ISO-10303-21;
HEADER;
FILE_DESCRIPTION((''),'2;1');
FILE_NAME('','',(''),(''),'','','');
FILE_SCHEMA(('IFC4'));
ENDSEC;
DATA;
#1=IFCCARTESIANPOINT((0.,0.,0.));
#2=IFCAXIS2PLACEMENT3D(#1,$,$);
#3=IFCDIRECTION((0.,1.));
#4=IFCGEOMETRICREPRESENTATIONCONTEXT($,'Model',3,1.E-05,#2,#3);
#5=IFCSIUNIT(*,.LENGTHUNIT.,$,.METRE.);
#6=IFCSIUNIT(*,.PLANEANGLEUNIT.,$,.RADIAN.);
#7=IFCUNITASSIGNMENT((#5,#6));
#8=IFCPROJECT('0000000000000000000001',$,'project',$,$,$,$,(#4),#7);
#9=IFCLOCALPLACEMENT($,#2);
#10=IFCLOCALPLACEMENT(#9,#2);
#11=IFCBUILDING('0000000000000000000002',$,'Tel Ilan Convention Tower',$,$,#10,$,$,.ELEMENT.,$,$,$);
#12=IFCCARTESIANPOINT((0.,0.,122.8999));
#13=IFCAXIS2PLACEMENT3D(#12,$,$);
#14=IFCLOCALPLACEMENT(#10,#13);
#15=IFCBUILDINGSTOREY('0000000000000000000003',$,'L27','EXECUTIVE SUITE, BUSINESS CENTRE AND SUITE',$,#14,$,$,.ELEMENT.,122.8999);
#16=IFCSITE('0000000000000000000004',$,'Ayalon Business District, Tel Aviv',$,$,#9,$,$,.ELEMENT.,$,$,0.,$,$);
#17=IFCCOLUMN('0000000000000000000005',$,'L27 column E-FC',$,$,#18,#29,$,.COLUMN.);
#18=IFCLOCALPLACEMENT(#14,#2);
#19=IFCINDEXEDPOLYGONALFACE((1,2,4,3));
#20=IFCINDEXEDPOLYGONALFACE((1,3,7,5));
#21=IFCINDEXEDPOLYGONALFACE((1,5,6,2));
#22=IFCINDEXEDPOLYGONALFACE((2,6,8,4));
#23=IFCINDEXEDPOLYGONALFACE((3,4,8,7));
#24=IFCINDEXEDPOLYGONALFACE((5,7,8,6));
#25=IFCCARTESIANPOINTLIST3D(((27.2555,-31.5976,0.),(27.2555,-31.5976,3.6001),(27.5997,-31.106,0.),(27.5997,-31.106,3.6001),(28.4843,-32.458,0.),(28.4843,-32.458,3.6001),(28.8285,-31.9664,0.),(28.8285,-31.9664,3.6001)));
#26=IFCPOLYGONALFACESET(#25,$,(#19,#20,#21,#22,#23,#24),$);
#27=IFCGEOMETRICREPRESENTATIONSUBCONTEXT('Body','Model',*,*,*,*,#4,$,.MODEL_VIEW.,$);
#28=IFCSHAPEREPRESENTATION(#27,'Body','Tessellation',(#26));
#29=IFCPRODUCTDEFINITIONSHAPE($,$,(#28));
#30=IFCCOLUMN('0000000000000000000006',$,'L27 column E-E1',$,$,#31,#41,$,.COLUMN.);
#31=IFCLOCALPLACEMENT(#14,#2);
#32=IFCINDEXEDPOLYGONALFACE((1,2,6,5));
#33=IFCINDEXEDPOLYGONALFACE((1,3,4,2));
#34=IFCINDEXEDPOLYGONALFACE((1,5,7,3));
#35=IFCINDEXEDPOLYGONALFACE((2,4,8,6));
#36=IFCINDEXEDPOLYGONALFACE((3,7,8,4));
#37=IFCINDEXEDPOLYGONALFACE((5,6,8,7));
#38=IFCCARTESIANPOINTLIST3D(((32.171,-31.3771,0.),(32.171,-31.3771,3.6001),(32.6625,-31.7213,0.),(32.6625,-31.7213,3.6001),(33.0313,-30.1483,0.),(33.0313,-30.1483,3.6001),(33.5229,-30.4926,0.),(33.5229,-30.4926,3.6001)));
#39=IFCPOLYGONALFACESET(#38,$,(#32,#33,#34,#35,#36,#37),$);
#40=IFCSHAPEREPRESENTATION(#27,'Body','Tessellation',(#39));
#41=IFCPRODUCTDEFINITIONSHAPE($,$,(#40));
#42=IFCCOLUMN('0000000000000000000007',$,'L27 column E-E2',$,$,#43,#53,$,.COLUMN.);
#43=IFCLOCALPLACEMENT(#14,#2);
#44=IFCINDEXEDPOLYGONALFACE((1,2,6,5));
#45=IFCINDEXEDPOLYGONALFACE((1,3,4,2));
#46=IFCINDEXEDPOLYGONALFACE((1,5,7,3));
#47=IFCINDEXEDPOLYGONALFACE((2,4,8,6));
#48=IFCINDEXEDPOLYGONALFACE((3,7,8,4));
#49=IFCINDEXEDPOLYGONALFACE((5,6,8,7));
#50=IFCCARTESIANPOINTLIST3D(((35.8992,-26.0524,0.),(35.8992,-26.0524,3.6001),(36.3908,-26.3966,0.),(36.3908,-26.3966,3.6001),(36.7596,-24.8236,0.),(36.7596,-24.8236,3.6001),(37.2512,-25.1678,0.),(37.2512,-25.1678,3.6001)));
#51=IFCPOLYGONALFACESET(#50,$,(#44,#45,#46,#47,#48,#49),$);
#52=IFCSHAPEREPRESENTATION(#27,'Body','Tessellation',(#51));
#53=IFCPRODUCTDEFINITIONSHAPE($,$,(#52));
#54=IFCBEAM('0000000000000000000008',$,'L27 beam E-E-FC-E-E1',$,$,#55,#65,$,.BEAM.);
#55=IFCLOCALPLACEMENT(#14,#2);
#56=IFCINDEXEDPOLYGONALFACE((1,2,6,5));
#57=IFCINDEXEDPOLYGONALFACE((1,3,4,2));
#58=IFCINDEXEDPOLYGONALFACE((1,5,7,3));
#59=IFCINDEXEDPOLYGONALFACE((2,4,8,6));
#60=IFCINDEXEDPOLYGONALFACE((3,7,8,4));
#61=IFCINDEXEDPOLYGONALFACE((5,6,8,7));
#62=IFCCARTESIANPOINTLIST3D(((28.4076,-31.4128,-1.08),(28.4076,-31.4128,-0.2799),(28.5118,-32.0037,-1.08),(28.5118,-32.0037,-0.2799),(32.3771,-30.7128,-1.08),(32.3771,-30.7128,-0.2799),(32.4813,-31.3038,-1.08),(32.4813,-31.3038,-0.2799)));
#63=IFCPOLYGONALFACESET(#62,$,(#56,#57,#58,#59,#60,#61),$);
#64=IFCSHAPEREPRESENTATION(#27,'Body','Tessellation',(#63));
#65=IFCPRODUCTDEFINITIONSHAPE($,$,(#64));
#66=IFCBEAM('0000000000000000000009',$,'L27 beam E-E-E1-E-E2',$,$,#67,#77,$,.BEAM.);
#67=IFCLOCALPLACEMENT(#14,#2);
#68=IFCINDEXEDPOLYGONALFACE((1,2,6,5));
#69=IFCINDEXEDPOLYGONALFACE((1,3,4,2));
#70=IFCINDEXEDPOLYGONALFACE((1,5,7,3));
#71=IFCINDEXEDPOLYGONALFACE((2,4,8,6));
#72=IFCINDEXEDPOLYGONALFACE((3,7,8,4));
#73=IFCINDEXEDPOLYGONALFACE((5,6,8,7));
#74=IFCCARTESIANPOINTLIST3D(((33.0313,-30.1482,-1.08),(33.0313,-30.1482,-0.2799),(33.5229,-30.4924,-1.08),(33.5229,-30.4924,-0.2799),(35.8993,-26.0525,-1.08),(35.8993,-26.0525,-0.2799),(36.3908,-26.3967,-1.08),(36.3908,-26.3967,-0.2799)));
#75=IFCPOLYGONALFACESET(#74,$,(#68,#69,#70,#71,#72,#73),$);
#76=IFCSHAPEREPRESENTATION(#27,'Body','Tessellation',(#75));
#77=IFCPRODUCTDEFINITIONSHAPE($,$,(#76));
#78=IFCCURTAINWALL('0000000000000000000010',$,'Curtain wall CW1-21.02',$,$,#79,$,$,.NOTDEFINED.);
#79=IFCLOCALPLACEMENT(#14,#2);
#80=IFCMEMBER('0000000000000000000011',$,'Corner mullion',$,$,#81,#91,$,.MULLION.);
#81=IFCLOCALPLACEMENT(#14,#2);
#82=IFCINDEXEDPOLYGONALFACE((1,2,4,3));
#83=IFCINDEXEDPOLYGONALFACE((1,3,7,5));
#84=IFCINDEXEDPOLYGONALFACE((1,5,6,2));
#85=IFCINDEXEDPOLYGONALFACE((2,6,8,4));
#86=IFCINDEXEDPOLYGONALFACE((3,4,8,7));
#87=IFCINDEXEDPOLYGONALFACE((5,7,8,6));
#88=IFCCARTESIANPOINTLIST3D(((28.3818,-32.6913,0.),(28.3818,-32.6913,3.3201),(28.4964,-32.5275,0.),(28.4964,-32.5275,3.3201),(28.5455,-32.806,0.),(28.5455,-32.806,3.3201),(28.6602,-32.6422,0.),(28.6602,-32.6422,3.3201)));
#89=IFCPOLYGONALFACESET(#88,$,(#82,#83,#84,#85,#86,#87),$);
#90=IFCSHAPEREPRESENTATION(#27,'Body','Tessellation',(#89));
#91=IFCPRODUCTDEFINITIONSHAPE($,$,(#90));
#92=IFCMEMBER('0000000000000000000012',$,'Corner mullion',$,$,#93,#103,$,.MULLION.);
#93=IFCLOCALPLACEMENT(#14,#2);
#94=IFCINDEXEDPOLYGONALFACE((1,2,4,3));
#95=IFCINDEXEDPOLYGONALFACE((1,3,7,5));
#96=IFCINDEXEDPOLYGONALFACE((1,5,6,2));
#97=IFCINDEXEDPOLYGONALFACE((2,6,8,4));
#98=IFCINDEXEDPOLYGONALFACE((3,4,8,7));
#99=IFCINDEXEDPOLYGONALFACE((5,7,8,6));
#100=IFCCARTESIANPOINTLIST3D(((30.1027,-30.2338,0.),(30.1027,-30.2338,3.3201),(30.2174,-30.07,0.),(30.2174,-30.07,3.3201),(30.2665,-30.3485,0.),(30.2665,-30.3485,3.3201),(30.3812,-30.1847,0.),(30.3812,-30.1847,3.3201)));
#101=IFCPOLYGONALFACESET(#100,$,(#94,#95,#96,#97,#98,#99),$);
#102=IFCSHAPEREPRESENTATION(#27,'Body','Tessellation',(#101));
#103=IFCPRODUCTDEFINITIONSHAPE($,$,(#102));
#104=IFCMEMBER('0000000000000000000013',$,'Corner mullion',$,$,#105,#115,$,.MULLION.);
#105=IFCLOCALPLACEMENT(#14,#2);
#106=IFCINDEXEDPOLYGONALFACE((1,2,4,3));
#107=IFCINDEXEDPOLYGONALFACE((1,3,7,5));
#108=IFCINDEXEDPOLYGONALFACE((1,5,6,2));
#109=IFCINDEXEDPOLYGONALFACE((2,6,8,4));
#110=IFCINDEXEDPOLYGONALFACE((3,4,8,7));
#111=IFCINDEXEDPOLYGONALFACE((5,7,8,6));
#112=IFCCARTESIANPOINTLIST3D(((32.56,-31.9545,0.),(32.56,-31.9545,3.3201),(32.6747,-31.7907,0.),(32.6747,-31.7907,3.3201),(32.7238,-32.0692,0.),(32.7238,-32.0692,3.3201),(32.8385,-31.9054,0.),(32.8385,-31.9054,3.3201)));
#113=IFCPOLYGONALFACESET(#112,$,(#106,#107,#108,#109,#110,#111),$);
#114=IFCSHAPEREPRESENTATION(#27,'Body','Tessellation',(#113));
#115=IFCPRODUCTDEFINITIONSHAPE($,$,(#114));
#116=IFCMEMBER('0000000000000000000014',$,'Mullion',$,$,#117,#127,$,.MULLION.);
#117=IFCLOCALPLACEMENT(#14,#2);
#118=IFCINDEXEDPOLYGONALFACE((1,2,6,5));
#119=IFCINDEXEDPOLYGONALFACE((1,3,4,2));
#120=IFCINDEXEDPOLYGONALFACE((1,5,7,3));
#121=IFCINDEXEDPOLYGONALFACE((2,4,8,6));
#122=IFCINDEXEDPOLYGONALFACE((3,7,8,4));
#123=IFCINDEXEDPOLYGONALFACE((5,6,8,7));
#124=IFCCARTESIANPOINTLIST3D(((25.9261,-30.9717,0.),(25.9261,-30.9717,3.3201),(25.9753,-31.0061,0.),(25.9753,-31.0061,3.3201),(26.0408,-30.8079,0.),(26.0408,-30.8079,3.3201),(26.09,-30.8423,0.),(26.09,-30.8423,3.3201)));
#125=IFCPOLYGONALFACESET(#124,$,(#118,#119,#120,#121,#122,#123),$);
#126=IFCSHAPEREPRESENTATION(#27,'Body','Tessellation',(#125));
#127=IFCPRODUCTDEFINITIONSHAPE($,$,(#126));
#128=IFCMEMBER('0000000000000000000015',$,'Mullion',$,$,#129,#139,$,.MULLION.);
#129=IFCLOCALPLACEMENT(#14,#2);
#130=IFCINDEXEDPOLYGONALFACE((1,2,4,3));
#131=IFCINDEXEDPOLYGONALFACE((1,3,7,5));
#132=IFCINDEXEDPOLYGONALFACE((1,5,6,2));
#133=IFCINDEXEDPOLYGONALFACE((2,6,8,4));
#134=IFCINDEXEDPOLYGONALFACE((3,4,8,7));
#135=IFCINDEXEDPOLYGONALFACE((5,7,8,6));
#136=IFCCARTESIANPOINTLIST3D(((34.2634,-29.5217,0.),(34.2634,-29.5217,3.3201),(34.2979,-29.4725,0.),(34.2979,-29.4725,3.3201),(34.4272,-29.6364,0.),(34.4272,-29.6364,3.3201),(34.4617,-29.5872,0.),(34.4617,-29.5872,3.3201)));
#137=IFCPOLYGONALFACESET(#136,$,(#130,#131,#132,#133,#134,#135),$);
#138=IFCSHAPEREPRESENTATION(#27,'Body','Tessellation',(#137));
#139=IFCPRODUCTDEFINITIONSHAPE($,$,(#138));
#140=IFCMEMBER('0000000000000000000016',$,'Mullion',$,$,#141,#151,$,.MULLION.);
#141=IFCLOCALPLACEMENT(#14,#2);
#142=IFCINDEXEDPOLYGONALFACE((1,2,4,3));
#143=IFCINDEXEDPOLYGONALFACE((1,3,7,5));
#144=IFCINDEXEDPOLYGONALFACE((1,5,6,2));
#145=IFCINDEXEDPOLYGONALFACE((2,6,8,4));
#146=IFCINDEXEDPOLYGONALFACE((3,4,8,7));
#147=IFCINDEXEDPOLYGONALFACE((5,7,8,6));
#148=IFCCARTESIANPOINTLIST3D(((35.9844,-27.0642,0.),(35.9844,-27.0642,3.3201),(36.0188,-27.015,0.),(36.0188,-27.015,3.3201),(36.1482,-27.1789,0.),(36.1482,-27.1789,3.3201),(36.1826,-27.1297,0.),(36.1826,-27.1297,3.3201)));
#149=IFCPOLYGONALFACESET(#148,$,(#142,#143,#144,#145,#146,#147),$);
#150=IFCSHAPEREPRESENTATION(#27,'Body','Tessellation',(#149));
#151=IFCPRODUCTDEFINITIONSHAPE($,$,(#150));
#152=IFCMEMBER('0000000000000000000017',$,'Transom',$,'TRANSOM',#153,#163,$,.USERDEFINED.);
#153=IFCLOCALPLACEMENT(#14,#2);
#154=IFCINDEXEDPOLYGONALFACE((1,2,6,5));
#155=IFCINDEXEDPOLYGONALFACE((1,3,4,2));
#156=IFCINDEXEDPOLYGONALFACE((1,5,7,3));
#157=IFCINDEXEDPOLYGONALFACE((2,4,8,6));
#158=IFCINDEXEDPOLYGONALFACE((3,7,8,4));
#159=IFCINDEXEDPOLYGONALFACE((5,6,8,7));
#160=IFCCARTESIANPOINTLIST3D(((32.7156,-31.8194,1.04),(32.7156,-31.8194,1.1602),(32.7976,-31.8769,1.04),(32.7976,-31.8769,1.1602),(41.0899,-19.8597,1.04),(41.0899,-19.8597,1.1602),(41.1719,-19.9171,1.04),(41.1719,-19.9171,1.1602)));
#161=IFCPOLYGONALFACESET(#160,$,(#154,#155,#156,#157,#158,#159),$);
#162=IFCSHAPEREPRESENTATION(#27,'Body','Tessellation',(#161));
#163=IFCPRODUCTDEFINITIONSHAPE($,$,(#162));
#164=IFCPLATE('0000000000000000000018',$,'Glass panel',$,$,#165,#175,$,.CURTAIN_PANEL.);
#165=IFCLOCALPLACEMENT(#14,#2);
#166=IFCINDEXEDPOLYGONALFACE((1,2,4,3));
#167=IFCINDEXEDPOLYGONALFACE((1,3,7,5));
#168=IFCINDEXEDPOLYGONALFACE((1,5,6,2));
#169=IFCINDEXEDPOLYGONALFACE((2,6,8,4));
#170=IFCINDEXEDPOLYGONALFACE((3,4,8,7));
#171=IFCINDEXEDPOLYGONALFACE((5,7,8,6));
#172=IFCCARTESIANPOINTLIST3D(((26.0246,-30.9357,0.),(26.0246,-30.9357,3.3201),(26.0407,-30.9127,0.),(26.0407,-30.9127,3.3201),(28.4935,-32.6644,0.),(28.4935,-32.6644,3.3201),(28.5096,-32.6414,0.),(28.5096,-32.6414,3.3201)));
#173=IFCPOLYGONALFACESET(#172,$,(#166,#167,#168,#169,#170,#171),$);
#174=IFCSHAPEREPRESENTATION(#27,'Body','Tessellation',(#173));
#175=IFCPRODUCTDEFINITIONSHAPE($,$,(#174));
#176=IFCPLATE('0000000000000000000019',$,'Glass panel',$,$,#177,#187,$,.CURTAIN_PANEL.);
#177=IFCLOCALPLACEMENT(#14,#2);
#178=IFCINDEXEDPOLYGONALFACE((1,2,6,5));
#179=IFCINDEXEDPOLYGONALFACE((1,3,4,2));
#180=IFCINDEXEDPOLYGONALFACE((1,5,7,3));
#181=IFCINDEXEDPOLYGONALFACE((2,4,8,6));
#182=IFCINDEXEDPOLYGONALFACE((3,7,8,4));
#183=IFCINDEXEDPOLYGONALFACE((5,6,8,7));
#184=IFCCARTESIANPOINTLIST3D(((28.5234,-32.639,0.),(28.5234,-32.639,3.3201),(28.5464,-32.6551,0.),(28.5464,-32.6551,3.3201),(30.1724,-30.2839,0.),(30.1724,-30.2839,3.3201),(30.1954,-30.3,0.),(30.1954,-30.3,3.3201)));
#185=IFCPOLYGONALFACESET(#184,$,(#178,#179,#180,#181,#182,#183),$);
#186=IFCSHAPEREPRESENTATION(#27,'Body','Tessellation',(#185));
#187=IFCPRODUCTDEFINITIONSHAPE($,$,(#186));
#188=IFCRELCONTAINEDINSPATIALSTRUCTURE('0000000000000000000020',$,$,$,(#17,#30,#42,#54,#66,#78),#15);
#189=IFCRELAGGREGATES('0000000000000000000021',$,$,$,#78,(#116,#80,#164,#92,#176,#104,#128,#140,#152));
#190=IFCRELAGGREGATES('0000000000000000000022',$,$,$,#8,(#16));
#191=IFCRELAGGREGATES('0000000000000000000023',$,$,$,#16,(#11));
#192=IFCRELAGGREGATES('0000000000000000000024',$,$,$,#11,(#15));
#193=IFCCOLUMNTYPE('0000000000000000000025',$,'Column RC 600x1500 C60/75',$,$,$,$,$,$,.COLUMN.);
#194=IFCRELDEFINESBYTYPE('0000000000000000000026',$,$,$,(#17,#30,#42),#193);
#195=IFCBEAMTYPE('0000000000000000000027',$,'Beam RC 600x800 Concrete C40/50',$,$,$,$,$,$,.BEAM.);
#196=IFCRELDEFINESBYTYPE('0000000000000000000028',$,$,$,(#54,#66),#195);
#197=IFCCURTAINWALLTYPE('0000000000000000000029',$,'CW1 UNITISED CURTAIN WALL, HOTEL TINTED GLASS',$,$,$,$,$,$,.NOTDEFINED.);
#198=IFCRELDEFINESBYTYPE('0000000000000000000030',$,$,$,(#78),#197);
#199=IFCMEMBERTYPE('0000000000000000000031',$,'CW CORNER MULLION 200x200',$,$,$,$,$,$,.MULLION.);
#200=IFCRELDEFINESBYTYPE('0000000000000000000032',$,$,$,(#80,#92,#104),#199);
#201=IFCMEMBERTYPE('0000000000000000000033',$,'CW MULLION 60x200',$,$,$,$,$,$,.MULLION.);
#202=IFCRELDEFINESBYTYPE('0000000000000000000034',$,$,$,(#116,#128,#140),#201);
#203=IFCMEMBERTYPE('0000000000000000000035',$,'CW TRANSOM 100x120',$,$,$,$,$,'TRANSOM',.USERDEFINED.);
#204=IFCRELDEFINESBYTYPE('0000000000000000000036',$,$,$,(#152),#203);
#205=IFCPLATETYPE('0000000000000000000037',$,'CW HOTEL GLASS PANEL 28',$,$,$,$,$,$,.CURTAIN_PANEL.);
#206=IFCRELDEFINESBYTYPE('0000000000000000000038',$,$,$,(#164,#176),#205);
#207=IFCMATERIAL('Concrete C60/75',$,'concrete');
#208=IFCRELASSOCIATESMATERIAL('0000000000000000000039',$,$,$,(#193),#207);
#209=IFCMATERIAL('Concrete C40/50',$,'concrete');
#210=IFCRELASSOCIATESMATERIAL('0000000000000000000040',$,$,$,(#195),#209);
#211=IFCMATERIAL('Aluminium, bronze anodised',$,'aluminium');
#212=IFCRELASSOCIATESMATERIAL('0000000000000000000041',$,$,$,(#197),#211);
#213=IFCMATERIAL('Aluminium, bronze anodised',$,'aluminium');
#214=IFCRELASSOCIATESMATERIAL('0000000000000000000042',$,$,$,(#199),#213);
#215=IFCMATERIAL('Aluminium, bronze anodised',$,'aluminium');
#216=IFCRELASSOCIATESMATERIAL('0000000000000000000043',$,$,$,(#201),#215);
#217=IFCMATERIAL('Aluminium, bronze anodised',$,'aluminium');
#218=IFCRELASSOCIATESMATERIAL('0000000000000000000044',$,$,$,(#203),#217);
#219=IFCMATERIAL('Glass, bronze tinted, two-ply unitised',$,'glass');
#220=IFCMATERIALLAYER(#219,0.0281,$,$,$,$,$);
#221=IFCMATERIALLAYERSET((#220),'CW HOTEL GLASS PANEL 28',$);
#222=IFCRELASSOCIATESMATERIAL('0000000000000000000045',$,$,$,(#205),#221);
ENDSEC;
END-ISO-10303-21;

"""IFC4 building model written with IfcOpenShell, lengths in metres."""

from ifc_helpers import new_model, si_unit, direction, frame, origin, origin_2d, place, context, subcontext, project, spatial, rectangle, extrude, material, layer, layer_set, material_profile, profile_set, type_object, element, aggregate, save


model = new_model("IFC4")

# Units and contexts
model_context = context("Model", 3, precision=1e-05, world=origin(), true_north=direction((0.0, 1.0)))
body_context = subcontext(model_context, "Body", "Model", "MODEL_VIEW")
ifc_project = project(units=[si_unit("LENGTHUNIT", "METRE"), si_unit("PLANEANGLEUNIT", "RADIAN")], contexts=[model_context])

# Site, building, storey
site_placement = place(None, origin())
site = spatial("IfcSite", under=ifc_project, at=site_placement, Name="Ayalon Business District, Tel Aviv", CompositionType="ELEMENT", RefElevation=0.0)
building_placement = place(site_placement, origin())
building = spatial("IfcBuilding", under=site, at=building_placement, Name="Tel Ilan Convention Tower", CompositionType="ELEMENT")
storey_placement = place(building_placement, frame((0.0, 0.0, 122.8999)))
storey = spatial("IfcBuildingStorey", under=building, at=storey_placement, Name="L27", Description="EXECUTIVE SUITE, BUSINESS CENTRE AND SUITE", CompositionType="ELEMENT", Elevation=122.8999)

# Columns
ifc_material_1 = material(Name="Concrete C60/75", Category="concrete")
ifc_material_profile_1 = material_profile(ifc_material_1, rectangle(XDim=1.5, YDim=0.6001, at=origin_2d()), Name="RC 600x1500")
ifc_profile_set_1 = profile_set([ifc_material_profile_1], Name="Concrete C60/75")
column_type = type_object("IfcColumnType", Name="Column RC 600x1500 C60/75", PredefinedType="COLUMN", material=ifc_profile_set_1)
for number, where, z_axis, x_axis, name in (
    (1, (28.042, -31.782, 0.0), (0.0, 0.0, 1.0), (0.819152, -0.573576, 0.0), "L27 column E-FC"),
    (2, (32.8469, -30.9348, 0.0), (0.0, 0.0, 1.0), (0.573576, 0.819152, 0.0), "L27 column E-E1"),
    (3, (36.5752, -25.6101, 0.0), (0.0, 0.0, 1.0), (0.573576, 0.819152, 0.0), "L27 column E-E2"),
):
    element("IfcColumn", number, at=place(storey_placement, frame(where, z_axis=z_axis, x_axis=x_axis)), inside=storey, type_object=column_type, Name=name, PredefinedType="COLUMN", context=body_context, shape_type="SweptSolid", body=[
        extrude(rectangle(XDim=1.5, YDim=0.6001, at=origin_2d()), origin(), (0.0, 0.0, 1.0), 3.6001),
    ])

# Beams
ifc_material_2 = material(Name="Concrete C40/50", Category="concrete")
ifc_material_profile_2 = material_profile(ifc_material_2, rectangle(XDim=0.6001, YDim=0.8, at=origin_2d()), Name="RC 600x800")
ifc_profile_set_2 = profile_set([ifc_material_profile_2], Name="Concrete C40/50")
beam_type = type_object("IfcBeamType", Name="Beam RC 600x800 Concrete C40/50", PredefinedType="BEAM", material=ifc_profile_set_2)
beam_1_placement = place(storey_placement, frame((28.4597, -31.7083, -0.6799), z_axis=(0.984807, 0.173654, 0.0), x_axis=(-0.173654, 0.984807, 0.0)))
element("IfcBeam", 4, at=beam_1_placement, inside=storey, type_object=beam_type, Name="L27 beam E-E-FC-E-E1", PredefinedType="BEAM", context=body_context, shape_type="SweptSolid", body=[
    extrude(rectangle(XDim=0.6001, YDim=0.8, at=origin_2d()), origin(), (0.0, 0.0, 1.0), 4.0308),
])
beam_2_placement = place(storey_placement, frame((33.2771, -30.3203, -0.6799), z_axis=(0.573587, 0.819145, 0.0), x_axis=(-0.819145, 0.573587, 0.0)))
element("IfcBeam", 5, at=beam_2_placement, inside=storey, type_object=beam_type, Name="L27 beam E-E-E1-E-E2", PredefinedType="BEAM", context=body_context, shape_type="SweptSolid", body=[
    extrude(rectangle(XDim=0.6001, YDim=0.8, at=origin_2d()), origin(), (0.0, 0.0, 1.0), 5.0),
])

# Curtain wall, members, plates
ifc_material_3 = material(Name="Aluminium, bronze anodised", Category="aluminium")
curtain_wall_type = type_object("IfcCurtainWallType", Name="CW1 UNITISED CURTAIN WALL, HOTEL TINTED GLASS", PredefinedType="NOTDEFINED", material=ifc_material_3)
curtain_wall_placement = place(storey_placement, origin())
curtain_wall = element("IfcCurtainWall", 6, at=curtain_wall_placement, inside=storey, type_object=curtain_wall_type, Name="Curtain wall CW1-21.02", PredefinedType="NOTDEFINED")
ifc_material_4 = material(Name="Aluminium, bronze anodised", Category="aluminium")
ifc_material_profile_3 = material_profile(ifc_material_4, rectangle(XDim=0.2, YDim=0.2, at=origin_2d()), Name="CW CORNER MULLION 200x200")
ifc_profile_set_3 = profile_set([ifc_material_profile_3], Name="Aluminium, bronze anodised")
member_type_1 = type_object("IfcMemberType", Name="CW CORNER MULLION 200x200", PredefinedType="MULLION", material=ifc_profile_set_3)
member_1_placement = place(storey_placement, frame((28.521, -32.6667, 0.0), z_axis=(0.0, 0.0, 1.0), x_axis=(0.819152, -0.573576, 0.0)))
member_1 = element("IfcMember", 7, at=member_1_placement, type_object=member_type_1, Name="Corner mullion", PredefinedType="MULLION", context=body_context, shape_type="SweptSolid", body=[
    extrude(rectangle(XDim=0.2, YDim=0.2, at=origin_2d()), origin(), (0.0, 0.0, 1.0), 3.3201),
])
member_2_placement = place(storey_placement, frame((30.2419, -30.2092, 0.0), z_axis=(0.0, 0.0, 1.0), x_axis=(0.573576, 0.819152, 0.0)))
member_2 = element("IfcMember", 8, at=member_2_placement, type_object=member_type_1, Name="Corner mullion", PredefinedType="MULLION", context=body_context, shape_type="SweptSolid", body=[
    extrude(rectangle(XDim=0.2, YDim=0.2, at=origin_2d()), origin(), (0.0, 0.0, 1.0), 3.3201),
])
member_3_placement = place(storey_placement, frame((32.6992, -31.9299, 0.0), z_axis=(0.0, 0.0, 1.0), x_axis=(0.819152, -0.573576, 0.0)))
member_3 = element("IfcMember", 9, at=member_3_placement, type_object=member_type_1, Name="Corner mullion", PredefinedType="MULLION", context=body_context, shape_type="SweptSolid", body=[
    extrude(rectangle(XDim=0.2, YDim=0.2, at=origin_2d()), origin(), (0.0, 0.0, 1.0), 3.3201),
])
ifc_material_5 = material(Name="Aluminium, bronze anodised", Category="aluminium")
ifc_material_profile_4 = material_profile(ifc_material_5, rectangle(XDim=0.0601, YDim=0.2, at=origin_2d()), Name="CW MULLION 60x200")
ifc_profile_set_4 = profile_set([ifc_material_profile_4], Name="Aluminium, bronze anodised")
member_type_2 = type_object("IfcMemberType", Name="CW MULLION 60x200", PredefinedType="MULLION", material=ifc_profile_set_4)
member_4_placement = place(storey_placement, frame((26.0081, -30.907, 0.0), z_axis=(0.0, 0.0, 1.0), x_axis=(0.819152, -0.573576, 0.0)))
member_4 = element("IfcMember", 10, at=member_4_placement, type_object=member_type_2, Name="Mullion", PredefinedType="MULLION", context=body_context, shape_type="SweptSolid", body=[
    extrude(rectangle(XDim=0.0601, YDim=0.2, at=origin_2d()), origin(), (0.0, 0.0, 1.0), 3.3201),
])
member_5_placement = place(storey_placement, frame((34.3625, -29.5544, 0.0), z_axis=(0.0, 0.0, 1.0), x_axis=(0.573576, 0.819152, 0.0)))
member_5 = element("IfcMember", 11, at=member_5_placement, type_object=member_type_2, Name="Mullion", PredefinedType="MULLION", context=body_context, shape_type="SweptSolid", body=[
    extrude(rectangle(XDim=0.0601, YDim=0.2, at=origin_2d()), origin(), (0.0, 0.0, 1.0), 3.3201),
])
member_6_placement = place(storey_placement, frame((36.0835, -27.0969, 0.0), z_axis=(0.0, 0.0, 1.0), x_axis=(0.573576, 0.819152, 0.0)))
member_6 = element("IfcMember", 12, at=member_6_placement, type_object=member_type_2, Name="Mullion", PredefinedType="MULLION", context=body_context, shape_type="SweptSolid", body=[
    extrude(rectangle(XDim=0.0601, YDim=0.2, at=origin_2d()), origin(), (0.0, 0.0, 1.0), 3.3201),
])
ifc_material_6 = material(Name="Aluminium, bronze anodised", Category="aluminium")
ifc_material_profile_5 = material_profile(ifc_material_6, rectangle(XDim=0.1001, YDim=0.1201, at=origin_2d()), Name="CW TRANSOM 100x120")
ifc_profile_set_5 = profile_set([ifc_material_profile_5], Name="Aluminium, bronze anodised")
member_type_3 = type_object("IfcMemberType", Name="CW TRANSOM 100x120", ElementType="TRANSOM", PredefinedType="USERDEFINED", material=ifc_profile_set_5)
member_7_placement = place(storey_placement, frame((32.7566, -31.8481, 1.1001), z_axis=(0.573576, 0.819153, 0.0), x_axis=(-0.819153, 0.573576, 0.0)))
member_7 = element("IfcMember", 13, at=member_7_placement, type_object=member_type_3, Name="Transom", ObjectType="TRANSOM", PredefinedType="USERDEFINED", context=body_context, shape_type="SweptSolid", body=[
    extrude(rectangle(XDim=0.1001, YDim=0.1201, at=origin_2d()), origin(), (0.0, 0.0, 1.0), 14.6001),
])
ifc_material_7 = material(Name="Glass, bronze tinted, two-ply unitised", Category="glass")
ifc_layer_1 = layer(ifc_material_7, 0.0281)
ifc_layer_set_1 = layer_set([ifc_layer_1], Name="CW HOTEL GLASS PANEL 28")
plate_type = type_object("IfcPlateType", Name="CW HOTEL GLASS PANEL 28", PredefinedType="CURTAIN_PANEL", material=ifc_layer_set_1)
plate_1_placement = place(storey_placement, frame((27.2671, -31.7886, 0.0), z_axis=(0.0, 0.0, 1.0), x_axis=(0.819152, -0.573576, 0.0)))
plate_1 = element("IfcPlate", 14, at=plate_1_placement, type_object=plate_type, Name="Glass panel", PredefinedType="CURTAIN_PANEL", context=body_context, shape_type="SweptSolid", body=[
    extrude(rectangle(XDim=3.0139, YDim=0.0281, at=origin_2d()), origin(), (0.0, 0.0, 1.0), 3.3201),
])
plate_2_placement = place(storey_placement, frame((29.3594, -31.4695, 0.0), z_axis=(0.0, 0.0, 1.0), x_axis=(0.573576, 0.819152, 0.0)))
plate_2 = element("IfcPlate", 15, at=plate_2_placement, type_object=plate_type, Name="Glass panel", PredefinedType="CURTAIN_PANEL", context=body_context, shape_type="SweptSolid", body=[
    extrude(rectangle(XDim=2.875, YDim=0.0281, at=origin_2d()), origin(), (0.0, 0.0, 1.0), 3.3201),
])
aggregate(curtain_wall, [member_4, member_1, plate_1, member_2, plate_2, member_3, member_5, member_6, member_7])

save(model, "model.ifc")
